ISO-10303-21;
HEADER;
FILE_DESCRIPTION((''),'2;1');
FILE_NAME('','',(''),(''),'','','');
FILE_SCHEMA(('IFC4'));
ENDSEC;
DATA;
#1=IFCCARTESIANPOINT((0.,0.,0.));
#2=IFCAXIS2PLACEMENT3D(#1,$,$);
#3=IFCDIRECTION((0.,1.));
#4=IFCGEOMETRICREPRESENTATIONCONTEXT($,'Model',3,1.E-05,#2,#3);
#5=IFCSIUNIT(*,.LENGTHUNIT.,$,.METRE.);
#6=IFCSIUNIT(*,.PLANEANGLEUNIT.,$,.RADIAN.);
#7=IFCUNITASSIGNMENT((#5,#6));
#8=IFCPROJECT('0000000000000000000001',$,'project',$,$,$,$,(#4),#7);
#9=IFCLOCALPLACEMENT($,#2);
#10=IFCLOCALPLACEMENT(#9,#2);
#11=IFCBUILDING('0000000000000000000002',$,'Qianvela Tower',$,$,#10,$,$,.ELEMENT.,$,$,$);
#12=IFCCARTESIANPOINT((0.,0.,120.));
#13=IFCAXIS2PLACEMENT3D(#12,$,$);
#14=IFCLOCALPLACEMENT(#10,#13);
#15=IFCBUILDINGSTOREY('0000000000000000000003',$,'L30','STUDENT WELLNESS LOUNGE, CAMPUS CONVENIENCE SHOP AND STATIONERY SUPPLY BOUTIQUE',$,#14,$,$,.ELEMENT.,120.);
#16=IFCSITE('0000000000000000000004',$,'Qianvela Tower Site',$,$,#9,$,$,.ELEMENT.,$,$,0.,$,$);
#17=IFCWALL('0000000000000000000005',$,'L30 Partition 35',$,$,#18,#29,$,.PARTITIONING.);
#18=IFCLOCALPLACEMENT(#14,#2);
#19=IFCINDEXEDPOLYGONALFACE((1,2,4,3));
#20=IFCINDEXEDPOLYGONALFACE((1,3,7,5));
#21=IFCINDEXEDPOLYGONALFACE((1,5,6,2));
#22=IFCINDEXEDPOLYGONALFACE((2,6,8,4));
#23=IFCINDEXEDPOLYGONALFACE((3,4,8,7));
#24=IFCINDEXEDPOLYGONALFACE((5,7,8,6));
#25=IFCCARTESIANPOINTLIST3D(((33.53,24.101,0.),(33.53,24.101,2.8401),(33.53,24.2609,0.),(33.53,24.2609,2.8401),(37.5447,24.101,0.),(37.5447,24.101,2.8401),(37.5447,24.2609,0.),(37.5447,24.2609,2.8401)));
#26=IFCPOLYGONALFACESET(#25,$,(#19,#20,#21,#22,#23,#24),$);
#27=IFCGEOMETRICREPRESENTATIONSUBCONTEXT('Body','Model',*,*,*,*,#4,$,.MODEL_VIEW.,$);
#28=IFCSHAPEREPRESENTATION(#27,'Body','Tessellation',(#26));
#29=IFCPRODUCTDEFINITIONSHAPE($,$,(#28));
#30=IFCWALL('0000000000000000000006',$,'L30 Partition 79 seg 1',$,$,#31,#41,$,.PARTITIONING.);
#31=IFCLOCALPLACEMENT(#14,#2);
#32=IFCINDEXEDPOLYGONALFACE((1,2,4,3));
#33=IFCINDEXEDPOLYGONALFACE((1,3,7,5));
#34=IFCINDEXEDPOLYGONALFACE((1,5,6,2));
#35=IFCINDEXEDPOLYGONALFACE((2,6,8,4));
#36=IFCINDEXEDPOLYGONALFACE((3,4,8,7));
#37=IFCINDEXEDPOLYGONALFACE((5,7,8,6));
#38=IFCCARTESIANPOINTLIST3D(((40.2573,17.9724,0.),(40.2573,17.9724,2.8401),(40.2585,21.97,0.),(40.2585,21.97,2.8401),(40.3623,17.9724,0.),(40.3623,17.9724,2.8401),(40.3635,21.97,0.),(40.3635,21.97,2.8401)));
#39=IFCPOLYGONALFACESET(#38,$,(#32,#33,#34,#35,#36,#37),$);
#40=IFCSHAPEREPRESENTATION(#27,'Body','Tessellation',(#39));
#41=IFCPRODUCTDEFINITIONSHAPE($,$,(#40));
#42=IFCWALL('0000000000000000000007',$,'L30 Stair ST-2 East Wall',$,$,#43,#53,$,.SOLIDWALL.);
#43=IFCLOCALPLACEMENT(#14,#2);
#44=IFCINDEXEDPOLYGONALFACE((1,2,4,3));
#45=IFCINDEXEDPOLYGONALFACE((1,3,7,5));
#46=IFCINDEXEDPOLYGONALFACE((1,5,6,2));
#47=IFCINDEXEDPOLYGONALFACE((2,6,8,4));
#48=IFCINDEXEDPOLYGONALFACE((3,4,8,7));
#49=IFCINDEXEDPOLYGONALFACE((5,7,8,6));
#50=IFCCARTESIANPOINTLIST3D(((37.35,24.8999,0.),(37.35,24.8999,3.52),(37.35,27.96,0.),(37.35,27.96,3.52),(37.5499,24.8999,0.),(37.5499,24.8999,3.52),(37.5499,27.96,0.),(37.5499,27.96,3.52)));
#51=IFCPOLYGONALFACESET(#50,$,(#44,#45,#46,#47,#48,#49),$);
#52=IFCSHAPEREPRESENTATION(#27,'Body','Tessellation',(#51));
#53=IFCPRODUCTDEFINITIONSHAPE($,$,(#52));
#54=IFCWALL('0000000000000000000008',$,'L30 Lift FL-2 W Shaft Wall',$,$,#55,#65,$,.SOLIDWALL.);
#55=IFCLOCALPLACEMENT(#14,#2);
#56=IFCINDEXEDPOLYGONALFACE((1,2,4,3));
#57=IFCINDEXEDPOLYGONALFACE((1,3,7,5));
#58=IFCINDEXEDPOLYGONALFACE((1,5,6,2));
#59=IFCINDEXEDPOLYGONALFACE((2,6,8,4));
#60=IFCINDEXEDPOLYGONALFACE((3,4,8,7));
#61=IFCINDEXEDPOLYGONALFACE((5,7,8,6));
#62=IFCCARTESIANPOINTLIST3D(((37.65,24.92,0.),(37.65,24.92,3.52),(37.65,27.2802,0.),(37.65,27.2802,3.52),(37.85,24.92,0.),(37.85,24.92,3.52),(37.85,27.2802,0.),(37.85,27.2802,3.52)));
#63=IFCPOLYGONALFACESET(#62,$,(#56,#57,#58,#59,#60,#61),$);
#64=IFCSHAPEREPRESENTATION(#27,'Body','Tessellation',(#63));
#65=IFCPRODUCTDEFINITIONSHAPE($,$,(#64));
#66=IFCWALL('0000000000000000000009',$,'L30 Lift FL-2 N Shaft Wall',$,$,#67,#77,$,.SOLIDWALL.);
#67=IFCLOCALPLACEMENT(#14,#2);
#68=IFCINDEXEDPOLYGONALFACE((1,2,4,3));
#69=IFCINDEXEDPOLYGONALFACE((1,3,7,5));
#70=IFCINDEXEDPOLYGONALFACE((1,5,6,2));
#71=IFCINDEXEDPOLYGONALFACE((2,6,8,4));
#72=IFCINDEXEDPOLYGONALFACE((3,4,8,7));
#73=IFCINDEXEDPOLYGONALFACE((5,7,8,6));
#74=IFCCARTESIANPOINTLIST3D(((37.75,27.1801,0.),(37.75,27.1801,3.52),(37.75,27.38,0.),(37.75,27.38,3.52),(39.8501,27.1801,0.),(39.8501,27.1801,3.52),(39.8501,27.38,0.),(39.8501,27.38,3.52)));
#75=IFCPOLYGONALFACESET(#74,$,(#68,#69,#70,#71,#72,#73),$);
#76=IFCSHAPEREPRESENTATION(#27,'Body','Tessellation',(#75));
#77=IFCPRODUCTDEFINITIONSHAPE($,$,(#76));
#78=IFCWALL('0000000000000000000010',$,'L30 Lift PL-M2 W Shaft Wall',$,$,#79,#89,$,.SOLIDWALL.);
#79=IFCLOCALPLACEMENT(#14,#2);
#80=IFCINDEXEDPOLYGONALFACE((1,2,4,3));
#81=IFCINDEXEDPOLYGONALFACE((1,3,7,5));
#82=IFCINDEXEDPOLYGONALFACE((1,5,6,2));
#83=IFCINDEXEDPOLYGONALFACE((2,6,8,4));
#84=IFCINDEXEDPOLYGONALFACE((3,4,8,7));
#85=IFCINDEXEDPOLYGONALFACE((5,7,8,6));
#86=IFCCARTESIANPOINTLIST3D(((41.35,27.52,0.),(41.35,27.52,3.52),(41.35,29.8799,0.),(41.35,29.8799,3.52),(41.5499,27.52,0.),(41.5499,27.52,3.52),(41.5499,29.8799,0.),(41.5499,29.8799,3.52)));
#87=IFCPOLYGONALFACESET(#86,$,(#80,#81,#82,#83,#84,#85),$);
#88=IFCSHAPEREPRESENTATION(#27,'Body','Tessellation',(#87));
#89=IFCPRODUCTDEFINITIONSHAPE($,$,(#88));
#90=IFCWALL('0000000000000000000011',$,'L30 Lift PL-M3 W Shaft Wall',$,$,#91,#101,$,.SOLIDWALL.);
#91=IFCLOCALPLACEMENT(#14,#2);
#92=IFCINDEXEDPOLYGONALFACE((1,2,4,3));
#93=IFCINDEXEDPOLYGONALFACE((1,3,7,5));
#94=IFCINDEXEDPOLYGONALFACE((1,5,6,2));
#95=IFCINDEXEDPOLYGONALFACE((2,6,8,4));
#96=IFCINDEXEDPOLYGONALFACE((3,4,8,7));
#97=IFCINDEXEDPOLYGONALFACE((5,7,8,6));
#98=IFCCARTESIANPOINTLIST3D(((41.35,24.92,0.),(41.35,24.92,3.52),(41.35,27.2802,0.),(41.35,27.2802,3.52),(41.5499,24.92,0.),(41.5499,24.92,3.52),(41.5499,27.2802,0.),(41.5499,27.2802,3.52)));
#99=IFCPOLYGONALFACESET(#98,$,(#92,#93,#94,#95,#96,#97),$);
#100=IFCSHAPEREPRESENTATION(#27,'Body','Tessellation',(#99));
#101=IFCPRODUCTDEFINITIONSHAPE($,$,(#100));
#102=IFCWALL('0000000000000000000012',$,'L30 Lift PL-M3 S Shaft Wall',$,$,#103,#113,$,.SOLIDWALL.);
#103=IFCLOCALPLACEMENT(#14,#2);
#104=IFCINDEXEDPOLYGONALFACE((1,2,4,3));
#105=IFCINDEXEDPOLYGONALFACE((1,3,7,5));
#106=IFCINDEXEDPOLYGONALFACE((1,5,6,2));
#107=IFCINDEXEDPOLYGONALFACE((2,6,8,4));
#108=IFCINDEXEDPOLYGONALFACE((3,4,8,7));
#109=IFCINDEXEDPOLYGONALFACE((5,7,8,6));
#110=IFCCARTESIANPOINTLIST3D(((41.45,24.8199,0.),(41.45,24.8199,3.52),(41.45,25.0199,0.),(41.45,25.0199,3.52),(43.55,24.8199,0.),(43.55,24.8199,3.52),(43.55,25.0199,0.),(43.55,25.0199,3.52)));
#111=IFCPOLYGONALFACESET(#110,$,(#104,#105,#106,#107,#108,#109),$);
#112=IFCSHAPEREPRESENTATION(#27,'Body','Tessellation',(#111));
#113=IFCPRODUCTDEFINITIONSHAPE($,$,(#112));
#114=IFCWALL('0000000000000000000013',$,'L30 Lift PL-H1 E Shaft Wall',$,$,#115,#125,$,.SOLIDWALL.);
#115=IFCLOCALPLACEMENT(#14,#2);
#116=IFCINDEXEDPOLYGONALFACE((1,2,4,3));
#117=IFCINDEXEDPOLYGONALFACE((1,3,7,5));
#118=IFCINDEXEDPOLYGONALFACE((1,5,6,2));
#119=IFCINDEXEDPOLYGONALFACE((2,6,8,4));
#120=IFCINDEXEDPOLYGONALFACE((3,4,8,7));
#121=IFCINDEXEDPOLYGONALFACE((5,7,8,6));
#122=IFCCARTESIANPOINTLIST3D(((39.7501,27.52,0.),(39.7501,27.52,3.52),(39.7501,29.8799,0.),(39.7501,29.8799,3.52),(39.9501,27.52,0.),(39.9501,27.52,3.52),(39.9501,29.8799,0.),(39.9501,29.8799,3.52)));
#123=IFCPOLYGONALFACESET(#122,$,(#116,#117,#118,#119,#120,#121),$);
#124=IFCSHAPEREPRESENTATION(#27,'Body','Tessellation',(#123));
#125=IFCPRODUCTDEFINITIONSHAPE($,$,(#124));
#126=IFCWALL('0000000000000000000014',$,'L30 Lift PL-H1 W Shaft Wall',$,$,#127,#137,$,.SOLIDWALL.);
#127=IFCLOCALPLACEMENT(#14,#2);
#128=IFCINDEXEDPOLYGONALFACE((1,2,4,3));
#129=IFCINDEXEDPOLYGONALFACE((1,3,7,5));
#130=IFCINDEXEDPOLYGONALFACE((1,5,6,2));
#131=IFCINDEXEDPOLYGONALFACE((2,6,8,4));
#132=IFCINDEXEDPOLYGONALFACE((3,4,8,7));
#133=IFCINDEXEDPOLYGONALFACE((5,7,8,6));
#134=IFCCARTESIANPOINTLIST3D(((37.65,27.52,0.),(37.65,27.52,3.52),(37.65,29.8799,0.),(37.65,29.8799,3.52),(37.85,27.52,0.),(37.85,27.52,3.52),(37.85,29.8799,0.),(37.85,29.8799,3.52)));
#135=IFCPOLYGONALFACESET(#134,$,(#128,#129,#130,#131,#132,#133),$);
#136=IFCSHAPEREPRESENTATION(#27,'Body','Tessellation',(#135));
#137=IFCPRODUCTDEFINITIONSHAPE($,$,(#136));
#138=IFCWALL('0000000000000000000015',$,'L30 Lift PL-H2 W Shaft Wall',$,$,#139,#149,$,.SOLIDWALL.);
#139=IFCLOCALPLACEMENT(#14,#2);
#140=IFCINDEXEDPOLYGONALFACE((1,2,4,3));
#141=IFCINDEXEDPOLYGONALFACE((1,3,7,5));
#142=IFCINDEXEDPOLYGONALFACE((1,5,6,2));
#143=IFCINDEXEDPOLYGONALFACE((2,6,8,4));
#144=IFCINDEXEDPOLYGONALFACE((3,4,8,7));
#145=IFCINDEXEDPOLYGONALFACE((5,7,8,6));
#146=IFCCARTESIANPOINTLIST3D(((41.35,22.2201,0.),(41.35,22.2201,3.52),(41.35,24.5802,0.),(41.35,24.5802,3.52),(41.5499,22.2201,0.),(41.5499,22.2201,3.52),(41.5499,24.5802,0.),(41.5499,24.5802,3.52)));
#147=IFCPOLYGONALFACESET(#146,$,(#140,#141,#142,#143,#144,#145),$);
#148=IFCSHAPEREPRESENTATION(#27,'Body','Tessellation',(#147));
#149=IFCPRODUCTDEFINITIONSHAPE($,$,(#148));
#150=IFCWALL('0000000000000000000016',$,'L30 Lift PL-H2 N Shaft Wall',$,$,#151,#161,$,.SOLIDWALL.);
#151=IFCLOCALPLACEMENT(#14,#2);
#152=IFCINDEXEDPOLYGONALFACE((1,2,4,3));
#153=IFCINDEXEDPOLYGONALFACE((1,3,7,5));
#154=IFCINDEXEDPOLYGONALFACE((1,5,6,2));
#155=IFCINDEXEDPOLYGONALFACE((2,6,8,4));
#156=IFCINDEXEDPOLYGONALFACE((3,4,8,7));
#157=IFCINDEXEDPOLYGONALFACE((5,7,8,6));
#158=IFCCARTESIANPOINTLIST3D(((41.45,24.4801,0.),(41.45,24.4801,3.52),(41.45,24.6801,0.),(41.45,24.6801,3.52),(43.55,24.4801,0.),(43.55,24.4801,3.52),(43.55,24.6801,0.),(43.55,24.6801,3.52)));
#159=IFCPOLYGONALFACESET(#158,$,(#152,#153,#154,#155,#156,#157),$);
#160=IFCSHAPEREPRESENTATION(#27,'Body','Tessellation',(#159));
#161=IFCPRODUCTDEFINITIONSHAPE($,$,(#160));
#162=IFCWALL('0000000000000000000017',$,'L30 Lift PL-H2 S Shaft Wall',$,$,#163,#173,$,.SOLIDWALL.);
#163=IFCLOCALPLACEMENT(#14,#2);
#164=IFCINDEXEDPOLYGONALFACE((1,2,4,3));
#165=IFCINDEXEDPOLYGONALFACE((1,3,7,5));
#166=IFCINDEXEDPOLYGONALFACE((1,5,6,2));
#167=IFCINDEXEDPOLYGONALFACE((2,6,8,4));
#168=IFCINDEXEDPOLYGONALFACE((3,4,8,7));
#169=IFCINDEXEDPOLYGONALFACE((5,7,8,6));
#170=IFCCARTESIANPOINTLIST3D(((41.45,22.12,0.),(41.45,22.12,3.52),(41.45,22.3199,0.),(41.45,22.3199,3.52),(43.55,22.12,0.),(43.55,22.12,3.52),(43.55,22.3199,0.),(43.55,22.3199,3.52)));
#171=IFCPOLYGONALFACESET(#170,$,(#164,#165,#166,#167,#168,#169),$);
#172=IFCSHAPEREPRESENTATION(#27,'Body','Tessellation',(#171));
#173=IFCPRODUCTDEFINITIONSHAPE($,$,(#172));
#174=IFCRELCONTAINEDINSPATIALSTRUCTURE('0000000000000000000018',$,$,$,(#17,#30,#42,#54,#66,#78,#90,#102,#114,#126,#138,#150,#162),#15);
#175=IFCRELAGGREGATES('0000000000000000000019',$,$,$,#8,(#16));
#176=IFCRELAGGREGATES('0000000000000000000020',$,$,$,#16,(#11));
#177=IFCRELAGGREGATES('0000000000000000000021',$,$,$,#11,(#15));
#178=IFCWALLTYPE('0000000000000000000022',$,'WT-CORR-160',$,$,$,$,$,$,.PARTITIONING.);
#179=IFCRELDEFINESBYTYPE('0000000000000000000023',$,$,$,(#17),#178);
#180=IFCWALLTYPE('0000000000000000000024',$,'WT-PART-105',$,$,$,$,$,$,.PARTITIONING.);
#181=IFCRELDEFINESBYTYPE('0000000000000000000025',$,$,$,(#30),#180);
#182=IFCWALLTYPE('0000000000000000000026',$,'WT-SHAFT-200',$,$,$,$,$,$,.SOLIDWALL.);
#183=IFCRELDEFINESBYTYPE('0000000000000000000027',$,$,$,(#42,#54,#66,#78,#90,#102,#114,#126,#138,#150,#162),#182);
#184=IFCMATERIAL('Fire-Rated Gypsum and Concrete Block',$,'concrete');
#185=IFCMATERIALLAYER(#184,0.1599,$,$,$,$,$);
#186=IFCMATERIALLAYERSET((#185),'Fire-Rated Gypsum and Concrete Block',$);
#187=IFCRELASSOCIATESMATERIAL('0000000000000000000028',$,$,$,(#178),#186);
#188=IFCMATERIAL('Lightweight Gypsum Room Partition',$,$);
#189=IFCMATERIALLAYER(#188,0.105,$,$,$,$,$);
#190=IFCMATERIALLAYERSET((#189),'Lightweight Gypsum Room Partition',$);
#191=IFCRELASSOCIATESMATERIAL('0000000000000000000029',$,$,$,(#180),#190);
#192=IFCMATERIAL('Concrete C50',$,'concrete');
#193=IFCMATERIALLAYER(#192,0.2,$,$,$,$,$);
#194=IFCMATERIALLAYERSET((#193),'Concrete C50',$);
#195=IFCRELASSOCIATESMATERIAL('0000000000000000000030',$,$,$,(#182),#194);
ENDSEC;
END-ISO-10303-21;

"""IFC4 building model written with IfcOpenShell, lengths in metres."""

from ifc_helpers import new_model, si_unit, direction, frame, frame_2d, origin, place, context, subcontext, project, spatial, rectangle, extrude, material, layer, layer_set, type_object, element, save


model = new_model("IFC4")

# Units and contexts
model_context = context("Model", 3, precision=1e-05, world=origin(), true_north=direction((0.0, 1.0)))
body_context = subcontext(model_context, "Body", "Model", "MODEL_VIEW")
ifc_project = project(units=[si_unit("LENGTHUNIT", "METRE"), si_unit("PLANEANGLEUNIT", "RADIAN")], contexts=[model_context])

# Site, building, storey
site_placement = place(None, origin())
site = spatial("IfcSite", under=ifc_project, at=site_placement, Name="Qianvela Tower Site", CompositionType="ELEMENT", RefElevation=0.0)
building_placement = place(site_placement, origin())
building = spatial("IfcBuilding", under=site, at=building_placement, Name="Qianvela Tower", CompositionType="ELEMENT")
storey_placement = place(building_placement, frame((0.0, 0.0, 120.0)))
storey = spatial("IfcBuildingStorey", under=building, at=storey_placement, Name="L30", Description="STUDENT WELLNESS LOUNGE, CAMPUS CONVENIENCE SHOP AND STATIONERY SUPPLY BOUTIQUE", CompositionType="ELEMENT", Elevation=120.0)

# Walls
ifc_material_1 = material(Name="Fire-Rated Gypsum and Concrete Block", Category="concrete")
ifc_layer_1 = layer(ifc_material_1, 0.1599)
ifc_layer_set_1 = layer_set([ifc_layer_1], Name="Fire-Rated Gypsum and Concrete Block")
wall_type_1 = type_object("IfcWallType", Name="WT-CORR-160", PredefinedType="PARTITIONING", material=ifc_layer_set_1)
wall_1_placement = place(storey_placement, frame((37.5447, 24.1809, 0.0), z_axis=(0.0, 0.0, 1.0), x_axis=(-1.0, 0.0, 0.0)))
element("IfcWall", 1, at=wall_1_placement, inside=storey, type_object=wall_type_1, Name="L30 Partition 35", PredefinedType="PARTITIONING", context=body_context, shape_type="SweptSolid", body=[
    extrude(rectangle(XDim=4.0146, YDim=0.1599, at=frame_2d((2.0073, 0.0))), origin(), (0.0, 0.0, 1.0), 2.8401),
])
ifc_material_2 = material(Name="Lightweight Gypsum Room Partition")
ifc_layer_2 = layer(ifc_material_2, 0.105)
ifc_layer_set_2 = layer_set([ifc_layer_2], Name="Lightweight Gypsum Room Partition")
wall_type_2 = type_object("IfcWallType", Name="WT-PART-105", PredefinedType="PARTITIONING", material=ifc_layer_set_2)
wall_2_placement = place(storey_placement, frame((40.3098, 17.9724, 0.0), z_axis=(0.0, 0.0, 1.0), x_axis=(0.000305, 1.0, 0.0)))
element("IfcWall", 2, at=wall_2_placement, inside=storey, type_object=wall_type_2, Name="L30 Partition 79 seg 1", PredefinedType="PARTITIONING", context=body_context, shape_type="SweptSolid", body=[
    extrude(rectangle(XDim=3.9976, YDim=0.105, at=frame_2d((1.9988, 0.0))), origin(), (0.0, 0.0, 1.0), 2.8401),
])
ifc_material_3 = material(Name="Concrete C50", Category="concrete")
ifc_layer_3 = layer(ifc_material_3, 0.2)
ifc_layer_set_3 = layer_set([ifc_layer_3], Name="Concrete C50")
wall_type_3 = type_object("IfcWallType", Name="WT-SHAFT-200", PredefinedType="SOLIDWALL", material=ifc_layer_set_3)
wall_3_placement = place(storey_placement, frame((37.45, 24.8999, 0.0), z_axis=(0.0, 0.0, 1.0), x_axis=(0.0, 1.0, 0.0)))
element("IfcWall", 3, at=wall_3_placement, inside=storey, type_object=wall_type_3, Name="L30 Stair ST-2 East Wall", PredefinedType="SOLIDWALL", context=body_context, shape_type="SweptSolid", body=[
    extrude(rectangle(XDim=3.0601, YDim=0.2, at=frame_2d((1.53, 0.0))), origin(), (0.0, 0.0, 1.0), 3.52),
])

# Walls
wall_4_placement = place(storey_placement, frame((37.75, 24.9199, 0.0), z_axis=(0.0, 0.0, 1.0), x_axis=(0.0, 1.0, 0.0)))
element("IfcWall", 4, at=wall_4_placement, inside=storey, type_object=wall_type_3, Name="L30 Lift FL-2 W Shaft Wall", PredefinedType="SOLIDWALL", context=body_context, shape_type="SweptSolid", body=[
    extrude(rectangle(XDim=2.3601, YDim=0.2, at=frame_2d((1.1802, 0.0))), origin(), (0.0, 0.0, 1.0), 3.52),
])
wall_5_placement = place(storey_placement, frame((37.75, 27.28, 0.0), z_axis=(0.0, 0.0, 1.0), x_axis=(1.0, 0.0, 0.0)))
element("IfcWall", 5, at=wall_5_placement, inside=storey, type_object=wall_type_3, Name="L30 Lift FL-2 N Shaft Wall", PredefinedType="SOLIDWALL", context=body_context, shape_type="SweptSolid", body=[
    extrude(rectangle(XDim=2.1001, YDim=0.2, at=frame_2d((1.05, 0.0))), origin(), (0.0, 0.0, 1.0), 3.52),
])
wall_6_placement = place(storey_placement, frame((41.45, 27.52, 0.0), z_axis=(0.0, 0.0, 1.0), x_axis=(0.0, 1.0, 0.0)))
element("IfcWall", 6, at=wall_6_placement, inside=storey, type_object=wall_type_3, Name="L30 Lift PL-M2 W Shaft Wall", PredefinedType="SOLIDWALL", context=body_context, shape_type="SweptSolid", body=[
    extrude(rectangle(XDim=2.3599, YDim=0.2, at=frame_2d((1.1799, 0.0))), origin(), (0.0, 0.0, 1.0), 3.52),
])
wall_7_placement = place(storey_placement, frame((41.45, 24.9199, 0.0), z_axis=(0.0, 0.0, 1.0), x_axis=(0.0, 1.0, 0.0)))
element("IfcWall", 7, at=wall_7_placement, inside=storey, type_object=wall_type_3, Name="L30 Lift PL-M3 W Shaft Wall", PredefinedType="SOLIDWALL", context=body_context, shape_type="SweptSolid", body=[
    extrude(rectangle(XDim=2.3601, YDim=0.2, at=frame_2d((1.1802, 0.0))), origin(), (0.0, 0.0, 1.0), 3.52),
])
wall_8_placement = place(storey_placement, frame((41.45, 24.9199, 0.0), z_axis=(0.0, 0.0, 1.0), x_axis=(1.0, 0.0, 0.0)))
element("IfcWall", 8, at=wall_8_placement, inside=storey, type_object=wall_type_3, Name="L30 Lift PL-M3 S Shaft Wall", PredefinedType="SOLIDWALL", context=body_context, shape_type="SweptSolid", body=[
    extrude(rectangle(XDim=2.1001, YDim=0.2, at=frame_2d((1.05, 0.0))), origin(), (0.0, 0.0, 1.0), 3.52),
])
for number, where, z_axis, x_axis, name in (
    (9, (39.8501, 27.52, 0.0), (0.0, 0.0, 1.0), (0.0, 1.0, 0.0), "L30 Lift PL-H1 E Shaft Wall"),
    (10, (37.75, 27.52, 0.0), (0.0, 0.0, 1.0), (0.0, 1.0, 0.0), "L30 Lift PL-H1 W Shaft Wall"),
):
    element("IfcWall", number, at=place(storey_placement, frame(where, z_axis=z_axis, x_axis=x_axis)), inside=storey, type_object=wall_type_3, Name=name, PredefinedType="SOLIDWALL", context=body_context, shape_type="SweptSolid", body=[
        extrude(rectangle(XDim=2.3599, YDim=0.2, at=frame_2d((1.1799, 0.0))), origin(), (0.0, 0.0, 1.0), 3.52),
    ])
wall_9_placement = place(storey_placement, frame((41.45, 22.22, 0.0), z_axis=(0.0, 0.0, 1.0), x_axis=(0.0, 1.0, 0.0)))
element("IfcWall", 11, at=wall_9_placement, inside=storey, type_object=wall_type_3, Name="L30 Lift PL-H2 W Shaft Wall", PredefinedType="SOLIDWALL", context=body_context, shape_type="SweptSolid", body=[
    extrude(rectangle(XDim=2.3601, YDim=0.2, at=frame_2d((1.1802, 0.0))), origin(), (0.0, 0.0, 1.0), 3.52),
])
for number, where, z_axis, x_axis, name in (
    (12, (41.45, 24.5801, 0.0), (0.0, 0.0, 1.0), (1.0, 0.0, 0.0), "L30 Lift PL-H2 N Shaft Wall"),
    (13, (41.45, 22.22, 0.0), (0.0, 0.0, 1.0), (1.0, 0.0, 0.0), "L30 Lift PL-H2 S Shaft Wall"),
):
    element("IfcWall", number, at=place(storey_placement, frame(where, z_axis=z_axis, x_axis=x_axis)), inside=storey, type_object=wall_type_3, Name=name, PredefinedType="SOLIDWALL", context=body_context, shape_type="SweptSolid", body=[
        extrude(rectangle(XDim=2.1001, YDim=0.2, at=frame_2d((1.05, 0.0))), origin(), (0.0, 0.0, 1.0), 3.52),
    ])

save(model, "model.ifc")
